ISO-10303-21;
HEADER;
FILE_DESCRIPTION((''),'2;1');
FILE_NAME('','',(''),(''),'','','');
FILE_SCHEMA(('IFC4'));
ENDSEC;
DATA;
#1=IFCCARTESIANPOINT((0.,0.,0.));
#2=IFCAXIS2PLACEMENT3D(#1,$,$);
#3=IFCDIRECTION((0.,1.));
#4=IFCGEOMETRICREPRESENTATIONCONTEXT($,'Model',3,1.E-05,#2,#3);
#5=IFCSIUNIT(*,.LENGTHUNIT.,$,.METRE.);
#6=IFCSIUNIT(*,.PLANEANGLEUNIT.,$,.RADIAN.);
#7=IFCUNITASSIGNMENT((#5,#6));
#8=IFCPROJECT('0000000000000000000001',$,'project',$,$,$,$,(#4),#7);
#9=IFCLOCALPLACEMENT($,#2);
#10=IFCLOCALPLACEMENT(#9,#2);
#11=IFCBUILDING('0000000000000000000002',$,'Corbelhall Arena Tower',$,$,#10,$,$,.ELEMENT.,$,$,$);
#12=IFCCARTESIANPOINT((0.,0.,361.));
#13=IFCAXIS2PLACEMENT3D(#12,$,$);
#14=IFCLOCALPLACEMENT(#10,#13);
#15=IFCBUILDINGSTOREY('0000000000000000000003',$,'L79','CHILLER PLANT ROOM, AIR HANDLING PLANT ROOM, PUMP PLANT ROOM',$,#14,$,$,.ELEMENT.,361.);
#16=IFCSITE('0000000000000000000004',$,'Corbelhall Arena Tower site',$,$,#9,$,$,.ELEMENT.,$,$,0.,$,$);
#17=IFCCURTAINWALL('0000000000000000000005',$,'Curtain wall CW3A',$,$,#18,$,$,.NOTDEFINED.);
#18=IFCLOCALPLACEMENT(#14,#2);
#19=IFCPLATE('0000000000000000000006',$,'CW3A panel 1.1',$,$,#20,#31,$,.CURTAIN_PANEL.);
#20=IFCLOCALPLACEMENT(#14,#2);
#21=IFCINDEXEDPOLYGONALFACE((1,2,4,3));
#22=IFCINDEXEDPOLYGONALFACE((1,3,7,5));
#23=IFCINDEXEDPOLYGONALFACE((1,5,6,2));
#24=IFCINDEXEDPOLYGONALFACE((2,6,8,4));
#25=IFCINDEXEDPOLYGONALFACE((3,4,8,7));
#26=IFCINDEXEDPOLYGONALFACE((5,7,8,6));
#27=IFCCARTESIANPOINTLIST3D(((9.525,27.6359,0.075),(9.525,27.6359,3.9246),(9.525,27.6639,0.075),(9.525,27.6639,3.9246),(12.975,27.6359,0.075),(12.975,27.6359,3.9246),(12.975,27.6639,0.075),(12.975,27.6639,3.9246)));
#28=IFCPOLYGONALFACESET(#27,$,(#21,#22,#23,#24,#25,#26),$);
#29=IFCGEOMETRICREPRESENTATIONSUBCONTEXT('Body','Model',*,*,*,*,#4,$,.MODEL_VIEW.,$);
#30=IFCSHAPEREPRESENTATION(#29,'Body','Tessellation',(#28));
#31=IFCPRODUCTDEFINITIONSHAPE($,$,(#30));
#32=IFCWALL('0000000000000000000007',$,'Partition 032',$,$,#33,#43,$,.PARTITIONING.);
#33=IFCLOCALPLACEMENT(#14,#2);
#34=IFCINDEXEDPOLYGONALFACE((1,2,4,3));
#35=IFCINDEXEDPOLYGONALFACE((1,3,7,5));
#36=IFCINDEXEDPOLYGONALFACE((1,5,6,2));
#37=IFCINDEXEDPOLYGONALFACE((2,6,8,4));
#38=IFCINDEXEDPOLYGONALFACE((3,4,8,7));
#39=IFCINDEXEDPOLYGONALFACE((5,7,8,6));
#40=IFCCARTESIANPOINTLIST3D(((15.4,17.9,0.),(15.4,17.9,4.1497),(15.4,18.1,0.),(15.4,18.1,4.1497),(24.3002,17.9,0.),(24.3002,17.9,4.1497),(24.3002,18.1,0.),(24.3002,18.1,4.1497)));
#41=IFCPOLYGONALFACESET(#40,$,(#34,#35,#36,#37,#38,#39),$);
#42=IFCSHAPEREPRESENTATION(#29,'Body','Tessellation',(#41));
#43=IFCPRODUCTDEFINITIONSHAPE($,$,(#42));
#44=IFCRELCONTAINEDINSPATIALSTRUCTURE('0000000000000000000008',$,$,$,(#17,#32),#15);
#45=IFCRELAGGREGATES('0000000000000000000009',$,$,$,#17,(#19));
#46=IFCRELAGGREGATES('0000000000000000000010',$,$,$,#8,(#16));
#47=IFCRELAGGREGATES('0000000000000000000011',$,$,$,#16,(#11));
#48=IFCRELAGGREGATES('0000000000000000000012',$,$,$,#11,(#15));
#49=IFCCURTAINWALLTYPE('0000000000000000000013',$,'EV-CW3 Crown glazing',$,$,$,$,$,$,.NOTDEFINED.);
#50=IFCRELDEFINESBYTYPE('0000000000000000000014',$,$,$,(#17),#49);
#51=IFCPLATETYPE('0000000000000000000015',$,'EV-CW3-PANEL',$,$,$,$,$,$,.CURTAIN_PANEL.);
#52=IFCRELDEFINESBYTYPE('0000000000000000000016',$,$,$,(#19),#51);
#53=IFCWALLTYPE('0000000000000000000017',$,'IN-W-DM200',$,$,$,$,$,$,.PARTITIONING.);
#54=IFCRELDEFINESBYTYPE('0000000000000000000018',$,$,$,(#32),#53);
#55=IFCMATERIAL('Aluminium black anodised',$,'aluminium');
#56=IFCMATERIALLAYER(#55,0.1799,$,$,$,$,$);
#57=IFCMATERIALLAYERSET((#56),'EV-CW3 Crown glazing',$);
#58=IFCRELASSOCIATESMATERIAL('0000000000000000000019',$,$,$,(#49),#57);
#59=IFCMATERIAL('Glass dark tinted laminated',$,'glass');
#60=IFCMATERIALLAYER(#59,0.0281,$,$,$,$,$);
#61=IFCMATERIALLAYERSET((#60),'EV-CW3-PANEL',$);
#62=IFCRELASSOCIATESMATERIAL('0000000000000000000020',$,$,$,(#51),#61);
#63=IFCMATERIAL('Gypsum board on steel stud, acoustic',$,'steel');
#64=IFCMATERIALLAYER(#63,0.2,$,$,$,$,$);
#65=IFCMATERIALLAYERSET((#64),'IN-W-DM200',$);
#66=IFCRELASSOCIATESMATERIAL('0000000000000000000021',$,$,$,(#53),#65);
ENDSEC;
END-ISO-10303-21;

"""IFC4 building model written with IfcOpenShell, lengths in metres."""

from ifc_helpers import new_model, si_unit, direction, frame, frame_2d, origin, origin_2d, place, context, subcontext, project, spatial, rectangle, extrude, material, layer, layer_set, type_object, element, aggregate, save


model = new_model("IFC4")

# Units and contexts
model_context = context("Model", 3, precision=1e-05, world=origin(), true_north=direction((0.0, 1.0)))
body_context = subcontext(model_context, "Body", "Model", "MODEL_VIEW")
ifc_project = project(units=[si_unit("LENGTHUNIT", "METRE"), si_unit("PLANEANGLEUNIT", "RADIAN")], contexts=[model_context])

# Site, building, storey
site_placement = place(None, origin())
site = spatial("IfcSite", under=ifc_project, at=site_placement, Name="Corbelhall Arena Tower site", CompositionType="ELEMENT", RefElevation=0.0)
building_placement = place(site_placement, origin())
building = spatial("IfcBuilding", under=site, at=building_placement, Name="Corbelhall Arena Tower", CompositionType="ELEMENT")
storey_placement = place(building_placement, frame((0.0, 0.0, 361.0)))
storey = spatial("IfcBuildingStorey", under=building, at=storey_placement, Name="L79", Description="CHILLER PLANT ROOM, AIR HANDLING PLANT ROOM, PUMP PLANT ROOM", CompositionType="ELEMENT", Elevation=361.0)

# Shared definitions
ifc_material_1 = material(Name="Aluminium black anodised", Category="aluminium")
ifc_layer_1 = layer(ifc_material_1, 0.1799)
ifc_layer_set_1 = layer_set([ifc_layer_1], Name="EV-CW3 Crown glazing")
curtain_wall_type = type_object("IfcCurtainWallType", Name="EV-CW3 Crown glazing", PredefinedType="NOTDEFINED", material=ifc_layer_set_1)

# Curtain wall
curtain_wall_1_placement = place(storey_placement, origin())
curtain_wall_1 = element("IfcCurtainWall", 1, at=curtain_wall_1_placement, inside=storey, type_object=curtain_wall_type, Name="Curtain wall CW3A", PredefinedType="NOTDEFINED")

# Plate
ifc_material_2 = material(Name="Glass dark tinted laminated", Category="glass")
ifc_layer_2 = layer(ifc_material_2, 0.0281)
ifc_layer_set_2 = layer_set([ifc_layer_2], Name="EV-CW3-PANEL")
plate_type = type_object("IfcPlateType", Name="EV-CW3-PANEL", PredefinedType="CURTAIN_PANEL", material=ifc_layer_set_2)
plate_1_placement = place(storey_placement, frame((11.25, 27.6499, 0.075), z_axis=(0.0, 0.0, 1.0), x_axis=(-1.0, 0.0, 0.0)))
plate_1 = element("IfcPlate", 2, at=plate_1_placement, type_object=plate_type, Name="CW3A panel 1.1", PredefinedType="CURTAIN_PANEL", context=body_context, shape_type="SweptSolid", body=[
    extrude(rectangle(XDim=3.45, YDim=0.0281, at=origin_2d()), origin(), (0.0, 0.0, 1.0), 3.8496),
])
aggregate(curtain_wall_1, [plate_1])

# Shared definitions
ifc_material_3 = material(Name="Gypsum board on steel stud, acoustic", Category="steel")
ifc_layer_3 = layer(ifc_material_3, 0.2)
ifc_layer_set_3 = layer_set([ifc_layer_3], Name="IN-W-DM200")
wall_type = type_object("IfcWallType", Name="IN-W-DM200", PredefinedType="PARTITIONING", material=ifc_layer_set_3)

# Wall
wall_1_placement = place(storey_placement, frame((15.3999, 18.0, 0.0), z_axis=(0.0, 0.0, 1.0), x_axis=(1.0, 0.0, 0.0)))
element("IfcWall", 3, at=wall_1_placement, inside=storey, type_object=wall_type, Name="Partition 032", PredefinedType="PARTITIONING", context=body_context, shape_type="SweptSolid", body=[
    extrude(rectangle(XDim=8.9001, YDim=0.2, at=frame_2d((4.4502, 0.0))), origin(), (0.0, 0.0, 1.0), 4.1497),
])

save(model, "model.ifc")
